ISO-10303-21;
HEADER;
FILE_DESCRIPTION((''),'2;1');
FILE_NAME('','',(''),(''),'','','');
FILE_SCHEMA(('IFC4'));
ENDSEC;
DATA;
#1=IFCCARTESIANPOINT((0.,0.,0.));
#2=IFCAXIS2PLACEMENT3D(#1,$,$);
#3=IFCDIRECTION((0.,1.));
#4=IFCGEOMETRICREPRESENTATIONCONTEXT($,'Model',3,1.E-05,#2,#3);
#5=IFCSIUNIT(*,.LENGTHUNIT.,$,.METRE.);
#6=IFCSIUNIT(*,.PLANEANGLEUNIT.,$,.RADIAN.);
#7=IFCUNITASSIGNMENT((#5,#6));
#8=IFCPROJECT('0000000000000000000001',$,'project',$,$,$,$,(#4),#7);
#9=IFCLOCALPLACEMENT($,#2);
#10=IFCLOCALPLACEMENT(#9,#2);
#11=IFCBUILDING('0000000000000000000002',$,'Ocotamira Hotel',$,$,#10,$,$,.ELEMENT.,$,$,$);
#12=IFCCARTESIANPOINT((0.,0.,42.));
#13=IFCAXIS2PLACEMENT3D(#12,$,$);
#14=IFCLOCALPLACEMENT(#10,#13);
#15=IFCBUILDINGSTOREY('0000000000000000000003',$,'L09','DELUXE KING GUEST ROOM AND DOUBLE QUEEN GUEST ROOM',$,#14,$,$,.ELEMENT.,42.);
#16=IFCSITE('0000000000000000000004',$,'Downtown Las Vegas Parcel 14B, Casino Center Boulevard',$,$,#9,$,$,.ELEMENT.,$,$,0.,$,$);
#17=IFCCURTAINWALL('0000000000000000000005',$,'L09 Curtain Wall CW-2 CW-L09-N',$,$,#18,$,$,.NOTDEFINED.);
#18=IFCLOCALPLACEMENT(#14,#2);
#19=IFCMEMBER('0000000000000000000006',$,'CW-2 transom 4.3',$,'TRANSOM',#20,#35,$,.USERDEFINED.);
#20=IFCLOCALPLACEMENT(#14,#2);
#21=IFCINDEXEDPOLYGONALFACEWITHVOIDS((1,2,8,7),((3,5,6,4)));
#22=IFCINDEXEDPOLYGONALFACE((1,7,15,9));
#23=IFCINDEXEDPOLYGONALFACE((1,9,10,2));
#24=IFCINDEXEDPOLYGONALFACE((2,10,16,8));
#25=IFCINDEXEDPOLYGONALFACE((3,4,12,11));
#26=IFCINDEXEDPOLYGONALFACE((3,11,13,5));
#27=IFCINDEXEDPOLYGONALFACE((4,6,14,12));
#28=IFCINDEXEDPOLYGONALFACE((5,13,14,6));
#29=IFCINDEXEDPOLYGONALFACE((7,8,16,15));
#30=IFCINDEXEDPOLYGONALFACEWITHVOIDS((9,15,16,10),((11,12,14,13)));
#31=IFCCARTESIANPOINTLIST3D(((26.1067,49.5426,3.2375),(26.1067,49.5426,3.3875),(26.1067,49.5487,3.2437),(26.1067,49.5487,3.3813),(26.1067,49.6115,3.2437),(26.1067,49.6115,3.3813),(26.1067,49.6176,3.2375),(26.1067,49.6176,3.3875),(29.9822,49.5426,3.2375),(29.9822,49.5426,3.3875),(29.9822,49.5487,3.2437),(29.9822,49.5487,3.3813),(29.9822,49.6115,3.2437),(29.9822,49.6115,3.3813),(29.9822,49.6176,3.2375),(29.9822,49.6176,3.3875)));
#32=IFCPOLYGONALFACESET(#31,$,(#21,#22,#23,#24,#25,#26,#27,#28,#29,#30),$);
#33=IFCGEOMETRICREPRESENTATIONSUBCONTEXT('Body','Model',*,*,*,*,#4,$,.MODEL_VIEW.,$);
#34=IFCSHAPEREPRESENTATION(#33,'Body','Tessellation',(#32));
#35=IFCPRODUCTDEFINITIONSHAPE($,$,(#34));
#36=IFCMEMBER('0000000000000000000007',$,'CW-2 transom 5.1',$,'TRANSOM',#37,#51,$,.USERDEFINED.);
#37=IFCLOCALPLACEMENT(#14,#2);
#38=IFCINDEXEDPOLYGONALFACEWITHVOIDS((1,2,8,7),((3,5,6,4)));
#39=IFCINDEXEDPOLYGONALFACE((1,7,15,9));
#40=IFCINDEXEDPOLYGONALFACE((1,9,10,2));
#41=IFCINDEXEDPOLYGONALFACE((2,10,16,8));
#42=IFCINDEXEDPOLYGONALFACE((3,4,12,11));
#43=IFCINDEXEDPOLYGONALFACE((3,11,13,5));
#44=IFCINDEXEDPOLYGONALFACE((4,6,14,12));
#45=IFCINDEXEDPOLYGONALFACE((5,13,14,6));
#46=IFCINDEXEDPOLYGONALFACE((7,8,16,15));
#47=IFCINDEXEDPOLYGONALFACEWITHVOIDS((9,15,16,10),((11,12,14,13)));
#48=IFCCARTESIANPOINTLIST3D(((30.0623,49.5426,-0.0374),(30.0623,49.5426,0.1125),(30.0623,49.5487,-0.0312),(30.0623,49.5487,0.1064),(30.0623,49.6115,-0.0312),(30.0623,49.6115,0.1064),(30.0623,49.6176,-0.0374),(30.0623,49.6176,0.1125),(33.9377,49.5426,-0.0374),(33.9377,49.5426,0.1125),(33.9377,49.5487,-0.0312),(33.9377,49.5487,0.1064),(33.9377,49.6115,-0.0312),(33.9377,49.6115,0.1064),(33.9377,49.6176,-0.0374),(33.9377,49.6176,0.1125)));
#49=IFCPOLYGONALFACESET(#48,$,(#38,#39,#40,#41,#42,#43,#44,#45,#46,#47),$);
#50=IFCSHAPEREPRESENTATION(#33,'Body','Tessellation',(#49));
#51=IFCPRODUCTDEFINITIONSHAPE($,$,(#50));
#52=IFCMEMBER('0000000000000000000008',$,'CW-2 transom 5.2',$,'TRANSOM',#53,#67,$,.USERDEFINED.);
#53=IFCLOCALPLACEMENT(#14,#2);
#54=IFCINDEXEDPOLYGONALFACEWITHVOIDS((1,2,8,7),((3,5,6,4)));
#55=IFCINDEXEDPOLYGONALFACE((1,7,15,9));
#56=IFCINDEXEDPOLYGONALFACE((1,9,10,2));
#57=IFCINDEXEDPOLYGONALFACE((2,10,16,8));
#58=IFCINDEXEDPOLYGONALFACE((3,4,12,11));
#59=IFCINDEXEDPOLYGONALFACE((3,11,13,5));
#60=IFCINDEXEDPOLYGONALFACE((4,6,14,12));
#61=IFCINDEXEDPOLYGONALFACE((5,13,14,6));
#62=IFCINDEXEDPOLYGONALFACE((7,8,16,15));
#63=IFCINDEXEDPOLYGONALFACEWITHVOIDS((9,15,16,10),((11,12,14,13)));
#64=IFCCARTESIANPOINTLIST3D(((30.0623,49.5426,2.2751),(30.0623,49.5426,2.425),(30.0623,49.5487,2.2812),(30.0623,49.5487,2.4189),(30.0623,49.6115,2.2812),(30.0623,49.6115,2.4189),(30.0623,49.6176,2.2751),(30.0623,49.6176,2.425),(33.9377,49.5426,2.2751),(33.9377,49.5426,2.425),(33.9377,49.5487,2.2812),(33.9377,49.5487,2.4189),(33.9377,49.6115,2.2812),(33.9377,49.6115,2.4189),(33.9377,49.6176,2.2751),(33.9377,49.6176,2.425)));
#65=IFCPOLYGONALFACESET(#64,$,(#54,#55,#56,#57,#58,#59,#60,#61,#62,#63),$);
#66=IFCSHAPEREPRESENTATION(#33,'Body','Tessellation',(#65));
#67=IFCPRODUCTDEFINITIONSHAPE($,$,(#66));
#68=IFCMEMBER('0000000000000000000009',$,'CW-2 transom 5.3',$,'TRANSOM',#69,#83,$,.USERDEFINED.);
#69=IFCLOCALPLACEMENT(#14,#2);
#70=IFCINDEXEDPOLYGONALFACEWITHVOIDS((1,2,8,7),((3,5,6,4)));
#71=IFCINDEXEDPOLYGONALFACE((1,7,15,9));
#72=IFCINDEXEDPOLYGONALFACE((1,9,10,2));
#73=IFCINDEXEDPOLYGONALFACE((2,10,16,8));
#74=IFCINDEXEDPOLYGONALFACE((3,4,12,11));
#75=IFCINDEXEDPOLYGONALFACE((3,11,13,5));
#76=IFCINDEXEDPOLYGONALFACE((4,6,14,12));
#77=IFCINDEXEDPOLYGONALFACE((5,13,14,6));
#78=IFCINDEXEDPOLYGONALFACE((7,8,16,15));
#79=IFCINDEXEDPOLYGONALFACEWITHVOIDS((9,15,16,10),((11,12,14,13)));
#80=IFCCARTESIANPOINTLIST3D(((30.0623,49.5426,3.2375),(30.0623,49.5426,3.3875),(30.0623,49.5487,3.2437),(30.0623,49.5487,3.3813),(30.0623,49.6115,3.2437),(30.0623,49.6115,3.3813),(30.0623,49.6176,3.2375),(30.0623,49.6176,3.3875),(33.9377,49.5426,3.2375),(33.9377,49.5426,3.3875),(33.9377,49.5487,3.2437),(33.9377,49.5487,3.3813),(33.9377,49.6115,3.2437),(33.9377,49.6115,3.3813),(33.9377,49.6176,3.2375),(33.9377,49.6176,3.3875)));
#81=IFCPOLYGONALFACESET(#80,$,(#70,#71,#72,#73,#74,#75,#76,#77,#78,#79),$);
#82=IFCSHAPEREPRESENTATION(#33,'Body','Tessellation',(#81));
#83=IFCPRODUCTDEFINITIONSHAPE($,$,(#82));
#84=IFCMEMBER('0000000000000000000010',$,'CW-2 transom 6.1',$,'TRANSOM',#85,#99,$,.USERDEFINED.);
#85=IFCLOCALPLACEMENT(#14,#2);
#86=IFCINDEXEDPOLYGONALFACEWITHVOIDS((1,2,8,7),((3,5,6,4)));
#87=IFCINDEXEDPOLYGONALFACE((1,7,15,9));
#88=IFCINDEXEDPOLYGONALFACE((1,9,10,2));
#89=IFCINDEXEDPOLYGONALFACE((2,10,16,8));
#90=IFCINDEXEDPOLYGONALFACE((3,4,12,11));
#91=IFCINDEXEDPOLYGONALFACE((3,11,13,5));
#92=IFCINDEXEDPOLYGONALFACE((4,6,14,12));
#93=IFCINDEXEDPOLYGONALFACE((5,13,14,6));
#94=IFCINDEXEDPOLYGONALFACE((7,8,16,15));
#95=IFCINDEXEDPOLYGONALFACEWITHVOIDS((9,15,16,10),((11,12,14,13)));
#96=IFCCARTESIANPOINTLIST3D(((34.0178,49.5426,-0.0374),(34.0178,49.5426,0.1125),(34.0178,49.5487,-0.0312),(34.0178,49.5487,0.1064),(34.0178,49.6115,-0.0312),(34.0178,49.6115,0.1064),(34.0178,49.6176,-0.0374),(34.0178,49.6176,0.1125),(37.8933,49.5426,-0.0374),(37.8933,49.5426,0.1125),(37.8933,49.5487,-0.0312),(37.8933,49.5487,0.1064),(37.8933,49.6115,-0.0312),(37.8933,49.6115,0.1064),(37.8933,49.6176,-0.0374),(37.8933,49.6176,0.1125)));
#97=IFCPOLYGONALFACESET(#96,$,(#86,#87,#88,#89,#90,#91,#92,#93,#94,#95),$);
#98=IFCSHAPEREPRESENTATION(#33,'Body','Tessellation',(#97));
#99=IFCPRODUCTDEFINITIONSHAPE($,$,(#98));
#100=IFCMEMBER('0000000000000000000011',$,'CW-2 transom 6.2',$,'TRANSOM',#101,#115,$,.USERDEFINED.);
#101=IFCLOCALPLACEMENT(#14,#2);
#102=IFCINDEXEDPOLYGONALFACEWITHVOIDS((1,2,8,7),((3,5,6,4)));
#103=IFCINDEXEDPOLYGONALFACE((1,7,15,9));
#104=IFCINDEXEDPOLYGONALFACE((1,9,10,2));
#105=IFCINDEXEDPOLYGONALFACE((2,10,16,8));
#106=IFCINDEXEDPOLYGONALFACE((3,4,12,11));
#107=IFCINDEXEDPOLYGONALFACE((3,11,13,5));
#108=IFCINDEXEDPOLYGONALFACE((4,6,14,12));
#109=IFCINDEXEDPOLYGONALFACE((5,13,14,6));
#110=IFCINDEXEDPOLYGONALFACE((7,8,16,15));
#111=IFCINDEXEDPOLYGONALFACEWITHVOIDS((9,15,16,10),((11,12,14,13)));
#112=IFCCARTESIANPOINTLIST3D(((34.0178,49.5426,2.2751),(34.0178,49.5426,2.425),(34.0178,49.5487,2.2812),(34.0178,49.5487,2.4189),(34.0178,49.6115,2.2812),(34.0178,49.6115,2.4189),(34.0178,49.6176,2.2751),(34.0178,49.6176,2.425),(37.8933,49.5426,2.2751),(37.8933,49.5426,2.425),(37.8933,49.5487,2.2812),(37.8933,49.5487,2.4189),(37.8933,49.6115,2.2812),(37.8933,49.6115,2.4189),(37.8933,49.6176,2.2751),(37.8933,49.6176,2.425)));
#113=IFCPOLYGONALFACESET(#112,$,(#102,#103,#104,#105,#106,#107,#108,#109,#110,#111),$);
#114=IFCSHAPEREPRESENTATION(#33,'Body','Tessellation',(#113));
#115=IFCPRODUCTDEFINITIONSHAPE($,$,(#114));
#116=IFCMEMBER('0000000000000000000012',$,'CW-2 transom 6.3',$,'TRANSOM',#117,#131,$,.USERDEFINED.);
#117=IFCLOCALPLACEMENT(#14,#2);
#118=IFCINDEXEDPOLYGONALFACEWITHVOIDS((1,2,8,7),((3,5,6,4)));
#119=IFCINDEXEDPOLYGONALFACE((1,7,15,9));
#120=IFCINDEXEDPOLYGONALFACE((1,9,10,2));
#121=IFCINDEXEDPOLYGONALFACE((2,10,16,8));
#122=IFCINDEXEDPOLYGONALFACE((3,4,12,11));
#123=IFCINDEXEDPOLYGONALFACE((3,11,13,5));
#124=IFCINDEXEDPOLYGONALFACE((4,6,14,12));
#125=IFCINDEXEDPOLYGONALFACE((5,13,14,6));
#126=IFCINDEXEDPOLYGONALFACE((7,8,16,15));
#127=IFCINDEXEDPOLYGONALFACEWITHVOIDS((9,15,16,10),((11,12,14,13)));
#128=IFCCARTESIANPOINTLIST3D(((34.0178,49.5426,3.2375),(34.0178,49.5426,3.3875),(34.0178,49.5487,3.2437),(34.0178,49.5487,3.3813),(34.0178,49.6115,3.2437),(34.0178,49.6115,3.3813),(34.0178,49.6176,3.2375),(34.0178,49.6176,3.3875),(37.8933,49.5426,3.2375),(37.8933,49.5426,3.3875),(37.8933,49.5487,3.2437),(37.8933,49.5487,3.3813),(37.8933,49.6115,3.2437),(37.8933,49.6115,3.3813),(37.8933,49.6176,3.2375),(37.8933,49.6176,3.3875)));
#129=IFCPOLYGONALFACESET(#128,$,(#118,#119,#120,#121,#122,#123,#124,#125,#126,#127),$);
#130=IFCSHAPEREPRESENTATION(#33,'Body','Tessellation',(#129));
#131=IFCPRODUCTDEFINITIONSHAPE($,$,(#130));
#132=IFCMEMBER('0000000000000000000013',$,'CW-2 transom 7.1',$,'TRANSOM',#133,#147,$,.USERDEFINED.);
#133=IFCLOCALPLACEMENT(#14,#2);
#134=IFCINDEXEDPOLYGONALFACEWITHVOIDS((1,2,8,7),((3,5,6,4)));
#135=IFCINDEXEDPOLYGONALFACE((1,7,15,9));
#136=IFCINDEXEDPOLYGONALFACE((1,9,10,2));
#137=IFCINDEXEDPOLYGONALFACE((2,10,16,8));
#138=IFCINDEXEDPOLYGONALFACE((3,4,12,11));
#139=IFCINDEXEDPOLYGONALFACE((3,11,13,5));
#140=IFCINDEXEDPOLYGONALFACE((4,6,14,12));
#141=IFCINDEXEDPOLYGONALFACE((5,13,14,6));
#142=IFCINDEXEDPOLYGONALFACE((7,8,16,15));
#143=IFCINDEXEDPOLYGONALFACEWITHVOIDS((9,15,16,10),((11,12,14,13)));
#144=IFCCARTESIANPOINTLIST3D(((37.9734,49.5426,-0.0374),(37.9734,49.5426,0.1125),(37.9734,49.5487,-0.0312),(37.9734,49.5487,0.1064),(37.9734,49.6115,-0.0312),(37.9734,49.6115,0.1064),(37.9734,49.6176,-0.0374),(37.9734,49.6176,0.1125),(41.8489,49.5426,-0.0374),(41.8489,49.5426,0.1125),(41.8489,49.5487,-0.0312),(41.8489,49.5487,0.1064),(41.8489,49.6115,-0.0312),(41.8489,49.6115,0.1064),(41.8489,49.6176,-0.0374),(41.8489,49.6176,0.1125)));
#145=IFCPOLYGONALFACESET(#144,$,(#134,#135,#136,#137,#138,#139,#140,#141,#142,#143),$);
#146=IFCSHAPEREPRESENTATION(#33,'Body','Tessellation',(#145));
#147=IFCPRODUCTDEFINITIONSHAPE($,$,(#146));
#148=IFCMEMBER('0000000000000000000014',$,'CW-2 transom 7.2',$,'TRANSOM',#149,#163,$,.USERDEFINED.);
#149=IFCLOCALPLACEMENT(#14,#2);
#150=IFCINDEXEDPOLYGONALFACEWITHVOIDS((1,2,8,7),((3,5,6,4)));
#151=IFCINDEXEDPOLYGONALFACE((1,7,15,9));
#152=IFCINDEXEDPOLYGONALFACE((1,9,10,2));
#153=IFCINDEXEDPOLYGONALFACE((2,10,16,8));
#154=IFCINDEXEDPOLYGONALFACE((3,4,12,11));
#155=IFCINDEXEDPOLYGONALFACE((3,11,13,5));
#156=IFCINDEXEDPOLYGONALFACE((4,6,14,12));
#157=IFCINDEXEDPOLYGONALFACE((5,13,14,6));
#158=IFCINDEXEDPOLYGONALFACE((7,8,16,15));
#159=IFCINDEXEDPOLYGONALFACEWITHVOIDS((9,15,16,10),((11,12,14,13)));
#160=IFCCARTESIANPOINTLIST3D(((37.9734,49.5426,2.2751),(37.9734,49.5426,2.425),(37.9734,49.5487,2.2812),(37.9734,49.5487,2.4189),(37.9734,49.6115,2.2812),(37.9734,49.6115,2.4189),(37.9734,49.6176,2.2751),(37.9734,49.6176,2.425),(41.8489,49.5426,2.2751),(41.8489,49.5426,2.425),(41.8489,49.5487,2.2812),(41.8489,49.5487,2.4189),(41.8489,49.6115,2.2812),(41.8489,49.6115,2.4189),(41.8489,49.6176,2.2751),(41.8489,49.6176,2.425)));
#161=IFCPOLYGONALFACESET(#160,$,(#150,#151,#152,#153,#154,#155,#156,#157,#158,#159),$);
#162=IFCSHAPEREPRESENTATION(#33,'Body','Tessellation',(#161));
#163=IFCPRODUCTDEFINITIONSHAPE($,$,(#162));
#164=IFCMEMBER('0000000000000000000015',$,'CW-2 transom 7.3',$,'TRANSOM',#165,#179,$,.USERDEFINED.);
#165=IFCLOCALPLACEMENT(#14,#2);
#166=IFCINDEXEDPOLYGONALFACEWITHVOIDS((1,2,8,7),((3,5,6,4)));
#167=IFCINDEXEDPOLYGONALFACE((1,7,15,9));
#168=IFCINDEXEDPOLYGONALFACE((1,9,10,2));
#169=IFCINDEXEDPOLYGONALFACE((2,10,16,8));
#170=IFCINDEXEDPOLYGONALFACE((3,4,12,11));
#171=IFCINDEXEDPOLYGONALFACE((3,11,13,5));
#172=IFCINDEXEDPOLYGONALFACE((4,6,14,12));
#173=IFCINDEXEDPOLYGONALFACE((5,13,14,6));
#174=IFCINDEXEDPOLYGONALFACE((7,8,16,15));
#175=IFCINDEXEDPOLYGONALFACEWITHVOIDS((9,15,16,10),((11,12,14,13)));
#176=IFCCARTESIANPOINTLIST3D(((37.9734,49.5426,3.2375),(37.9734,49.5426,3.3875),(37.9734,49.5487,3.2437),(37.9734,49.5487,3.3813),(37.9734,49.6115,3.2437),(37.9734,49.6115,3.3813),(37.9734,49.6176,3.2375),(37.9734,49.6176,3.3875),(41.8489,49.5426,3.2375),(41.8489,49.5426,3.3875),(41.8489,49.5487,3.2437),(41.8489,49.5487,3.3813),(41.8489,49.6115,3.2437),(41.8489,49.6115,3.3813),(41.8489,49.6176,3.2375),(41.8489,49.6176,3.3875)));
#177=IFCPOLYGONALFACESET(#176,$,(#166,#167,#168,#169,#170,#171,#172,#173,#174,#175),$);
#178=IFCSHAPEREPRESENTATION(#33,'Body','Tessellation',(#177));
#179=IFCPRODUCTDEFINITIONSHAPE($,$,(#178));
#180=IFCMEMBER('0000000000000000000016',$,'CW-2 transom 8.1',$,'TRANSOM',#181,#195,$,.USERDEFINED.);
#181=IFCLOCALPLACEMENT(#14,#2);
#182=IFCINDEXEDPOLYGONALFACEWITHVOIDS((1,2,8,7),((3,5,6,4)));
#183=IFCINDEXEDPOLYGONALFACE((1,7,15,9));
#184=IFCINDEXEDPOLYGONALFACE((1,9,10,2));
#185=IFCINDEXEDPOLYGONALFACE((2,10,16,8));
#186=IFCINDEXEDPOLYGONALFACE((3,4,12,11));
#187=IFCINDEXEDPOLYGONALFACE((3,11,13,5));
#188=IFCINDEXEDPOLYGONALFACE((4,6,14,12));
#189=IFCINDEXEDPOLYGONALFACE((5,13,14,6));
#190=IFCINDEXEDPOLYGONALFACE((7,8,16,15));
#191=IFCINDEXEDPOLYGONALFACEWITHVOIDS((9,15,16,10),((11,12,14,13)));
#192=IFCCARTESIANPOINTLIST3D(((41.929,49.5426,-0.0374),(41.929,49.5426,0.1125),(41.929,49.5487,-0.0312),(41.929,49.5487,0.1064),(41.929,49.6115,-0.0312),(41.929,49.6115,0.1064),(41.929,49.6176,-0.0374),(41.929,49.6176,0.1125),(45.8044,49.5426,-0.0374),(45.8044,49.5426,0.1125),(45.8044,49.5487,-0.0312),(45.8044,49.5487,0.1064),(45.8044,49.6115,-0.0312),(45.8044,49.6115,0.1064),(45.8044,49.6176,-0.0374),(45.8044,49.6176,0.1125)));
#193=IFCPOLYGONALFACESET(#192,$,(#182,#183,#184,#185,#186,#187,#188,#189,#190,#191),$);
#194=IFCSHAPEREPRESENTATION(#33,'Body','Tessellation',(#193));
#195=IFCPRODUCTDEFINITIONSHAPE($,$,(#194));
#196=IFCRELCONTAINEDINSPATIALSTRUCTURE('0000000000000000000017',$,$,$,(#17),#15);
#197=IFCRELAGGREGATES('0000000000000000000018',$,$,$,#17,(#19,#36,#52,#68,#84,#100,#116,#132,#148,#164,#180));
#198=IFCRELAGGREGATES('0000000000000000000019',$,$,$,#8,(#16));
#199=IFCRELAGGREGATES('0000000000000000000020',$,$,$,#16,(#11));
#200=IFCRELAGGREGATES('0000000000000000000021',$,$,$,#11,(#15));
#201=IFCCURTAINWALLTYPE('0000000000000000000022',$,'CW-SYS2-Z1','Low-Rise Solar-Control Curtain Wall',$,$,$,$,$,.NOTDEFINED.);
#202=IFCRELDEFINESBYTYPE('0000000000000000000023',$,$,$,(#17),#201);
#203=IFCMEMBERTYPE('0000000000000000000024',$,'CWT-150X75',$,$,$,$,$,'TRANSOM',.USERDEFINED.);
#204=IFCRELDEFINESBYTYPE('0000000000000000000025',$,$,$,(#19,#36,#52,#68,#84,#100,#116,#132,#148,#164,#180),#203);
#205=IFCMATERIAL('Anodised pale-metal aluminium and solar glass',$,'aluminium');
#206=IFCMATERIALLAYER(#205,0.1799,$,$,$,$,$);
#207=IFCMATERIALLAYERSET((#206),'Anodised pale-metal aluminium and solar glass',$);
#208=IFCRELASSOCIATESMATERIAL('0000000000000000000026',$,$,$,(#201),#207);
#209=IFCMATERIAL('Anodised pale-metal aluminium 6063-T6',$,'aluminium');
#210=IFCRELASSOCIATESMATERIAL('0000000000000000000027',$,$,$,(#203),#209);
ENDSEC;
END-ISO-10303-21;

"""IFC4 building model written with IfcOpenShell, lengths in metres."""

from ifc_helpers import new_model, si_unit, direction, frame, origin, origin_2d, place, context, subcontext, project, spatial, hollow_rectangle, extrude, source, transform, mapped, material, layer, layer_set, material_profile, profile_set, type_object, element, aggregate, save


model = new_model("IFC4")

# Units and contexts
model_context = context("Model", 3, precision=1e-05, world=origin(), true_north=direction((0.0, 1.0)))
body_context = subcontext(model_context, "Body", "Model", "MODEL_VIEW")
ifc_project = project(units=[si_unit("LENGTHUNIT", "METRE"), si_unit("PLANEANGLEUNIT", "RADIAN")], contexts=[model_context])

# Site, building, storey
site_placement = place(None, origin())
site = spatial("IfcSite", under=ifc_project, at=site_placement, Name="Downtown Las Vegas Parcel 14B, Casino Center Boulevard", CompositionType="ELEMENT", RefElevation=0.0)
building_placement = place(site_placement, origin())
building = spatial("IfcBuilding", under=site, at=building_placement, Name="Ocotamira Hotel", CompositionType="ELEMENT")
storey_placement = place(building_placement, frame((0.0, 0.0, 42.0)))
storey = spatial("IfcBuildingStorey", under=building, at=storey_placement, Name="L09", Description="DELUXE KING GUEST ROOM AND DOUBLE QUEEN GUEST ROOM", CompositionType="ELEMENT", Elevation=42.0)

# Curtain wall, members
ifc_material_1 = material(Name="Anodised pale-metal aluminium and solar glass", Category="aluminium")
ifc_layer_1 = layer(ifc_material_1, 0.1799)
ifc_layer_set_1 = layer_set([ifc_layer_1], Name="Anodised pale-metal aluminium and solar glass")
curtain_wall_type = type_object("IfcCurtainWallType", Name="CW-SYS2-Z1", Description="Low-Rise Solar-Control Curtain Wall", PredefinedType="NOTDEFINED", material=ifc_layer_set_1)
curtain_wall_placement = place(storey_placement, origin())
curtain_wall = element("IfcCurtainWall", 1, at=curtain_wall_placement, inside=storey, type_object=curtain_wall_type, Name="L09 Curtain Wall CW-2 CW-L09-N", PredefinedType="NOTDEFINED")
ifc_material_2 = material(Name="Anodised pale-metal aluminium 6063-T6", Category="aluminium")
ifc_material_profile_1 = material_profile(ifc_material_2, hollow_rectangle(XDim=0.075, YDim=0.1499, WallThickness=0.0061, at=origin_2d()), Name="HSS150X75X6")
ifc_profile_set_1 = profile_set([ifc_material_profile_1], Name="Anodised pale-metal aluminium 6063-T6")
member_type_1 = type_object("IfcMemberType", Name="CWT-150X75", ElementType="TRANSOM", PredefinedType="USERDEFINED", material=ifc_profile_set_1)
shared_shape_1 = source(origin(), body_context, "Body", "SweptSolid", [
    extrude(hollow_rectangle(XDim=0.075, YDim=0.1499, WallThickness=0.0061, at=origin_2d()), origin(), (0.0, 0.0, 1.0), 3.8755),
])
member_1_placement = place(storey_placement, frame((26.1067, 49.5801, 3.3125), z_axis=(1.0, 0.0, 0.0), x_axis=(0.0, 1.0, 0.0)))
member_1 = element("IfcMember", 2, at=member_1_placement, type_object=member_type_1, Name="CW-2 transom 4.3", ObjectType="TRANSOM", PredefinedType="USERDEFINED", context=body_context, shape_type="MappedRepresentation", body=[
    mapped(shared_shape_1, transform((0.0, 0.0, 0.0), scale=1.0)),
])
member_2_placement = place(storey_placement, frame((30.0623, 49.5801, 0.0376), z_axis=(1.0, 0.0, 0.0), x_axis=(0.0, 1.0, 0.0)))
member_2 = element("IfcMember", 3, at=member_2_placement, type_object=member_type_1, Name="CW-2 transom 5.1", ObjectType="TRANSOM", PredefinedType="USERDEFINED", context=body_context, shape_type="MappedRepresentation", body=[
    mapped(shared_shape_1, transform((0.0, 0.0, 0.0), scale=1.0)),
])
member_3_placement = place(storey_placement, frame((30.0623, 49.5801, 2.3501), z_axis=(1.0, 0.0, 0.0), x_axis=(0.0, 1.0, 0.0)))
member_3 = element("IfcMember", 4, at=member_3_placement, type_object=member_type_1, Name="CW-2 transom 5.2", ObjectType="TRANSOM", PredefinedType="USERDEFINED", context=body_context, shape_type="MappedRepresentation", body=[
    mapped(shared_shape_1, transform((0.0, 0.0, 0.0), scale=1.0)),
])
member_4_placement = place(storey_placement, frame((30.0623, 49.5801, 3.3125), z_axis=(1.0, 0.0, 0.0), x_axis=(0.0, 1.0, 0.0)))
member_4 = element("IfcMember", 5, at=member_4_placement, type_object=member_type_1, Name="CW-2 transom 5.3", ObjectType="TRANSOM", PredefinedType="USERDEFINED", context=body_context, shape_type="MappedRepresentation", body=[
    mapped(shared_shape_1, transform((0.0, 0.0, 0.0), scale=1.0)),
])
member_5_placement = place(storey_placement, frame((34.0178, 49.5801, 0.0376), z_axis=(1.0, 0.0, 0.0), x_axis=(0.0, 1.0, 0.0)))
member_5 = element("IfcMember", 6, at=member_5_placement, type_object=member_type_1, Name="CW-2 transom 6.1", ObjectType="TRANSOM", PredefinedType="USERDEFINED", context=body_context, shape_type="MappedRepresentation", body=[
    mapped(shared_shape_1, transform((0.0, 0.0, 0.0), scale=1.0)),
])
member_6_placement = place(storey_placement, frame((34.0178, 49.5801, 2.3501), z_axis=(1.0, 0.0, 0.0), x_axis=(0.0, 1.0, 0.0)))
member_6 = element("IfcMember", 7, at=member_6_placement, type_object=member_type_1, Name="CW-2 transom 6.2", ObjectType="TRANSOM", PredefinedType="USERDEFINED", context=body_context, shape_type="MappedRepresentation", body=[
    mapped(shared_shape_1, transform((0.0, 0.0, 0.0), scale=1.0)),
])
member_7_placement = place(storey_placement, frame((34.0178, 49.5801, 3.3125), z_axis=(1.0, 0.0, 0.0), x_axis=(0.0, 1.0, 0.0)))
member_7 = element("IfcMember", 8, at=member_7_placement, type_object=member_type_1, Name="CW-2 transom 6.3", ObjectType="TRANSOM", PredefinedType="USERDEFINED", context=body_context, shape_type="MappedRepresentation", body=[
    mapped(shared_shape_1, transform((0.0, 0.0, 0.0), scale=1.0)),
])
member_8_placement = place(storey_placement, frame((37.9734, 49.5801, 0.0376), z_axis=(1.0, 0.0, 0.0), x_axis=(0.0, 1.0, 0.0)))
member_8 = element("IfcMember", 9, at=member_8_placement, type_object=member_type_1, Name="CW-2 transom 7.1", ObjectType="TRANSOM", PredefinedType="USERDEFINED", context=body_context, shape_type="MappedRepresentation", body=[
    mapped(shared_shape_1, transform((0.0, 0.0, 0.0), scale=1.0)),
])
member_9_placement = place(storey_placement, frame((37.9734, 49.5801, 2.3501), z_axis=(1.0, 0.0, 0.0), x_axis=(0.0, 1.0, 0.0)))
member_9 = element("IfcMember", 10, at=member_9_placement, type_object=member_type_1, Name="CW-2 transom 7.2", ObjectType="TRANSOM", PredefinedType="USERDEFINED", context=body_context, shape_type="MappedRepresentation", body=[
    mapped(shared_shape_1, transform((0.0, 0.0, 0.0), scale=1.0)),
])
member_10_placement = place(storey_placement, frame((37.9734, 49.5801, 3.3125), z_axis=(1.0, 0.0, 0.0), x_axis=(0.0, 1.0, 0.0)))
member_10 = element("IfcMember", 11, at=member_10_placement, type_object=member_type_1, Name="CW-2 transom 7.3", ObjectType="TRANSOM", PredefinedType="USERDEFINED", context=body_context, shape_type="MappedRepresentation", body=[
    mapped(shared_shape_1, transform((0.0, 0.0, 0.0), scale=1.0)),
])
member_11_placement = place(storey_placement, frame((41.929, 49.5801, 0.0376), z_axis=(1.0, 0.0, 0.0), x_axis=(0.0, 1.0, 0.0)))
member_11 = element("IfcMember", 12, at=member_11_placement, type_object=member_type_1, Name="CW-2 transom 8.1", ObjectType="TRANSOM", PredefinedType="USERDEFINED", context=body_context, shape_type="MappedRepresentation", body=[
    mapped(shared_shape_1, transform((0.0, 0.0, 0.0), scale=1.0)),
])

aggregate(curtain_wall, [member_1, member_2, member_3, member_4, member_5, member_6, member_7, member_8, member_9, member_10, member_11])

save(model, "model.ifc")
